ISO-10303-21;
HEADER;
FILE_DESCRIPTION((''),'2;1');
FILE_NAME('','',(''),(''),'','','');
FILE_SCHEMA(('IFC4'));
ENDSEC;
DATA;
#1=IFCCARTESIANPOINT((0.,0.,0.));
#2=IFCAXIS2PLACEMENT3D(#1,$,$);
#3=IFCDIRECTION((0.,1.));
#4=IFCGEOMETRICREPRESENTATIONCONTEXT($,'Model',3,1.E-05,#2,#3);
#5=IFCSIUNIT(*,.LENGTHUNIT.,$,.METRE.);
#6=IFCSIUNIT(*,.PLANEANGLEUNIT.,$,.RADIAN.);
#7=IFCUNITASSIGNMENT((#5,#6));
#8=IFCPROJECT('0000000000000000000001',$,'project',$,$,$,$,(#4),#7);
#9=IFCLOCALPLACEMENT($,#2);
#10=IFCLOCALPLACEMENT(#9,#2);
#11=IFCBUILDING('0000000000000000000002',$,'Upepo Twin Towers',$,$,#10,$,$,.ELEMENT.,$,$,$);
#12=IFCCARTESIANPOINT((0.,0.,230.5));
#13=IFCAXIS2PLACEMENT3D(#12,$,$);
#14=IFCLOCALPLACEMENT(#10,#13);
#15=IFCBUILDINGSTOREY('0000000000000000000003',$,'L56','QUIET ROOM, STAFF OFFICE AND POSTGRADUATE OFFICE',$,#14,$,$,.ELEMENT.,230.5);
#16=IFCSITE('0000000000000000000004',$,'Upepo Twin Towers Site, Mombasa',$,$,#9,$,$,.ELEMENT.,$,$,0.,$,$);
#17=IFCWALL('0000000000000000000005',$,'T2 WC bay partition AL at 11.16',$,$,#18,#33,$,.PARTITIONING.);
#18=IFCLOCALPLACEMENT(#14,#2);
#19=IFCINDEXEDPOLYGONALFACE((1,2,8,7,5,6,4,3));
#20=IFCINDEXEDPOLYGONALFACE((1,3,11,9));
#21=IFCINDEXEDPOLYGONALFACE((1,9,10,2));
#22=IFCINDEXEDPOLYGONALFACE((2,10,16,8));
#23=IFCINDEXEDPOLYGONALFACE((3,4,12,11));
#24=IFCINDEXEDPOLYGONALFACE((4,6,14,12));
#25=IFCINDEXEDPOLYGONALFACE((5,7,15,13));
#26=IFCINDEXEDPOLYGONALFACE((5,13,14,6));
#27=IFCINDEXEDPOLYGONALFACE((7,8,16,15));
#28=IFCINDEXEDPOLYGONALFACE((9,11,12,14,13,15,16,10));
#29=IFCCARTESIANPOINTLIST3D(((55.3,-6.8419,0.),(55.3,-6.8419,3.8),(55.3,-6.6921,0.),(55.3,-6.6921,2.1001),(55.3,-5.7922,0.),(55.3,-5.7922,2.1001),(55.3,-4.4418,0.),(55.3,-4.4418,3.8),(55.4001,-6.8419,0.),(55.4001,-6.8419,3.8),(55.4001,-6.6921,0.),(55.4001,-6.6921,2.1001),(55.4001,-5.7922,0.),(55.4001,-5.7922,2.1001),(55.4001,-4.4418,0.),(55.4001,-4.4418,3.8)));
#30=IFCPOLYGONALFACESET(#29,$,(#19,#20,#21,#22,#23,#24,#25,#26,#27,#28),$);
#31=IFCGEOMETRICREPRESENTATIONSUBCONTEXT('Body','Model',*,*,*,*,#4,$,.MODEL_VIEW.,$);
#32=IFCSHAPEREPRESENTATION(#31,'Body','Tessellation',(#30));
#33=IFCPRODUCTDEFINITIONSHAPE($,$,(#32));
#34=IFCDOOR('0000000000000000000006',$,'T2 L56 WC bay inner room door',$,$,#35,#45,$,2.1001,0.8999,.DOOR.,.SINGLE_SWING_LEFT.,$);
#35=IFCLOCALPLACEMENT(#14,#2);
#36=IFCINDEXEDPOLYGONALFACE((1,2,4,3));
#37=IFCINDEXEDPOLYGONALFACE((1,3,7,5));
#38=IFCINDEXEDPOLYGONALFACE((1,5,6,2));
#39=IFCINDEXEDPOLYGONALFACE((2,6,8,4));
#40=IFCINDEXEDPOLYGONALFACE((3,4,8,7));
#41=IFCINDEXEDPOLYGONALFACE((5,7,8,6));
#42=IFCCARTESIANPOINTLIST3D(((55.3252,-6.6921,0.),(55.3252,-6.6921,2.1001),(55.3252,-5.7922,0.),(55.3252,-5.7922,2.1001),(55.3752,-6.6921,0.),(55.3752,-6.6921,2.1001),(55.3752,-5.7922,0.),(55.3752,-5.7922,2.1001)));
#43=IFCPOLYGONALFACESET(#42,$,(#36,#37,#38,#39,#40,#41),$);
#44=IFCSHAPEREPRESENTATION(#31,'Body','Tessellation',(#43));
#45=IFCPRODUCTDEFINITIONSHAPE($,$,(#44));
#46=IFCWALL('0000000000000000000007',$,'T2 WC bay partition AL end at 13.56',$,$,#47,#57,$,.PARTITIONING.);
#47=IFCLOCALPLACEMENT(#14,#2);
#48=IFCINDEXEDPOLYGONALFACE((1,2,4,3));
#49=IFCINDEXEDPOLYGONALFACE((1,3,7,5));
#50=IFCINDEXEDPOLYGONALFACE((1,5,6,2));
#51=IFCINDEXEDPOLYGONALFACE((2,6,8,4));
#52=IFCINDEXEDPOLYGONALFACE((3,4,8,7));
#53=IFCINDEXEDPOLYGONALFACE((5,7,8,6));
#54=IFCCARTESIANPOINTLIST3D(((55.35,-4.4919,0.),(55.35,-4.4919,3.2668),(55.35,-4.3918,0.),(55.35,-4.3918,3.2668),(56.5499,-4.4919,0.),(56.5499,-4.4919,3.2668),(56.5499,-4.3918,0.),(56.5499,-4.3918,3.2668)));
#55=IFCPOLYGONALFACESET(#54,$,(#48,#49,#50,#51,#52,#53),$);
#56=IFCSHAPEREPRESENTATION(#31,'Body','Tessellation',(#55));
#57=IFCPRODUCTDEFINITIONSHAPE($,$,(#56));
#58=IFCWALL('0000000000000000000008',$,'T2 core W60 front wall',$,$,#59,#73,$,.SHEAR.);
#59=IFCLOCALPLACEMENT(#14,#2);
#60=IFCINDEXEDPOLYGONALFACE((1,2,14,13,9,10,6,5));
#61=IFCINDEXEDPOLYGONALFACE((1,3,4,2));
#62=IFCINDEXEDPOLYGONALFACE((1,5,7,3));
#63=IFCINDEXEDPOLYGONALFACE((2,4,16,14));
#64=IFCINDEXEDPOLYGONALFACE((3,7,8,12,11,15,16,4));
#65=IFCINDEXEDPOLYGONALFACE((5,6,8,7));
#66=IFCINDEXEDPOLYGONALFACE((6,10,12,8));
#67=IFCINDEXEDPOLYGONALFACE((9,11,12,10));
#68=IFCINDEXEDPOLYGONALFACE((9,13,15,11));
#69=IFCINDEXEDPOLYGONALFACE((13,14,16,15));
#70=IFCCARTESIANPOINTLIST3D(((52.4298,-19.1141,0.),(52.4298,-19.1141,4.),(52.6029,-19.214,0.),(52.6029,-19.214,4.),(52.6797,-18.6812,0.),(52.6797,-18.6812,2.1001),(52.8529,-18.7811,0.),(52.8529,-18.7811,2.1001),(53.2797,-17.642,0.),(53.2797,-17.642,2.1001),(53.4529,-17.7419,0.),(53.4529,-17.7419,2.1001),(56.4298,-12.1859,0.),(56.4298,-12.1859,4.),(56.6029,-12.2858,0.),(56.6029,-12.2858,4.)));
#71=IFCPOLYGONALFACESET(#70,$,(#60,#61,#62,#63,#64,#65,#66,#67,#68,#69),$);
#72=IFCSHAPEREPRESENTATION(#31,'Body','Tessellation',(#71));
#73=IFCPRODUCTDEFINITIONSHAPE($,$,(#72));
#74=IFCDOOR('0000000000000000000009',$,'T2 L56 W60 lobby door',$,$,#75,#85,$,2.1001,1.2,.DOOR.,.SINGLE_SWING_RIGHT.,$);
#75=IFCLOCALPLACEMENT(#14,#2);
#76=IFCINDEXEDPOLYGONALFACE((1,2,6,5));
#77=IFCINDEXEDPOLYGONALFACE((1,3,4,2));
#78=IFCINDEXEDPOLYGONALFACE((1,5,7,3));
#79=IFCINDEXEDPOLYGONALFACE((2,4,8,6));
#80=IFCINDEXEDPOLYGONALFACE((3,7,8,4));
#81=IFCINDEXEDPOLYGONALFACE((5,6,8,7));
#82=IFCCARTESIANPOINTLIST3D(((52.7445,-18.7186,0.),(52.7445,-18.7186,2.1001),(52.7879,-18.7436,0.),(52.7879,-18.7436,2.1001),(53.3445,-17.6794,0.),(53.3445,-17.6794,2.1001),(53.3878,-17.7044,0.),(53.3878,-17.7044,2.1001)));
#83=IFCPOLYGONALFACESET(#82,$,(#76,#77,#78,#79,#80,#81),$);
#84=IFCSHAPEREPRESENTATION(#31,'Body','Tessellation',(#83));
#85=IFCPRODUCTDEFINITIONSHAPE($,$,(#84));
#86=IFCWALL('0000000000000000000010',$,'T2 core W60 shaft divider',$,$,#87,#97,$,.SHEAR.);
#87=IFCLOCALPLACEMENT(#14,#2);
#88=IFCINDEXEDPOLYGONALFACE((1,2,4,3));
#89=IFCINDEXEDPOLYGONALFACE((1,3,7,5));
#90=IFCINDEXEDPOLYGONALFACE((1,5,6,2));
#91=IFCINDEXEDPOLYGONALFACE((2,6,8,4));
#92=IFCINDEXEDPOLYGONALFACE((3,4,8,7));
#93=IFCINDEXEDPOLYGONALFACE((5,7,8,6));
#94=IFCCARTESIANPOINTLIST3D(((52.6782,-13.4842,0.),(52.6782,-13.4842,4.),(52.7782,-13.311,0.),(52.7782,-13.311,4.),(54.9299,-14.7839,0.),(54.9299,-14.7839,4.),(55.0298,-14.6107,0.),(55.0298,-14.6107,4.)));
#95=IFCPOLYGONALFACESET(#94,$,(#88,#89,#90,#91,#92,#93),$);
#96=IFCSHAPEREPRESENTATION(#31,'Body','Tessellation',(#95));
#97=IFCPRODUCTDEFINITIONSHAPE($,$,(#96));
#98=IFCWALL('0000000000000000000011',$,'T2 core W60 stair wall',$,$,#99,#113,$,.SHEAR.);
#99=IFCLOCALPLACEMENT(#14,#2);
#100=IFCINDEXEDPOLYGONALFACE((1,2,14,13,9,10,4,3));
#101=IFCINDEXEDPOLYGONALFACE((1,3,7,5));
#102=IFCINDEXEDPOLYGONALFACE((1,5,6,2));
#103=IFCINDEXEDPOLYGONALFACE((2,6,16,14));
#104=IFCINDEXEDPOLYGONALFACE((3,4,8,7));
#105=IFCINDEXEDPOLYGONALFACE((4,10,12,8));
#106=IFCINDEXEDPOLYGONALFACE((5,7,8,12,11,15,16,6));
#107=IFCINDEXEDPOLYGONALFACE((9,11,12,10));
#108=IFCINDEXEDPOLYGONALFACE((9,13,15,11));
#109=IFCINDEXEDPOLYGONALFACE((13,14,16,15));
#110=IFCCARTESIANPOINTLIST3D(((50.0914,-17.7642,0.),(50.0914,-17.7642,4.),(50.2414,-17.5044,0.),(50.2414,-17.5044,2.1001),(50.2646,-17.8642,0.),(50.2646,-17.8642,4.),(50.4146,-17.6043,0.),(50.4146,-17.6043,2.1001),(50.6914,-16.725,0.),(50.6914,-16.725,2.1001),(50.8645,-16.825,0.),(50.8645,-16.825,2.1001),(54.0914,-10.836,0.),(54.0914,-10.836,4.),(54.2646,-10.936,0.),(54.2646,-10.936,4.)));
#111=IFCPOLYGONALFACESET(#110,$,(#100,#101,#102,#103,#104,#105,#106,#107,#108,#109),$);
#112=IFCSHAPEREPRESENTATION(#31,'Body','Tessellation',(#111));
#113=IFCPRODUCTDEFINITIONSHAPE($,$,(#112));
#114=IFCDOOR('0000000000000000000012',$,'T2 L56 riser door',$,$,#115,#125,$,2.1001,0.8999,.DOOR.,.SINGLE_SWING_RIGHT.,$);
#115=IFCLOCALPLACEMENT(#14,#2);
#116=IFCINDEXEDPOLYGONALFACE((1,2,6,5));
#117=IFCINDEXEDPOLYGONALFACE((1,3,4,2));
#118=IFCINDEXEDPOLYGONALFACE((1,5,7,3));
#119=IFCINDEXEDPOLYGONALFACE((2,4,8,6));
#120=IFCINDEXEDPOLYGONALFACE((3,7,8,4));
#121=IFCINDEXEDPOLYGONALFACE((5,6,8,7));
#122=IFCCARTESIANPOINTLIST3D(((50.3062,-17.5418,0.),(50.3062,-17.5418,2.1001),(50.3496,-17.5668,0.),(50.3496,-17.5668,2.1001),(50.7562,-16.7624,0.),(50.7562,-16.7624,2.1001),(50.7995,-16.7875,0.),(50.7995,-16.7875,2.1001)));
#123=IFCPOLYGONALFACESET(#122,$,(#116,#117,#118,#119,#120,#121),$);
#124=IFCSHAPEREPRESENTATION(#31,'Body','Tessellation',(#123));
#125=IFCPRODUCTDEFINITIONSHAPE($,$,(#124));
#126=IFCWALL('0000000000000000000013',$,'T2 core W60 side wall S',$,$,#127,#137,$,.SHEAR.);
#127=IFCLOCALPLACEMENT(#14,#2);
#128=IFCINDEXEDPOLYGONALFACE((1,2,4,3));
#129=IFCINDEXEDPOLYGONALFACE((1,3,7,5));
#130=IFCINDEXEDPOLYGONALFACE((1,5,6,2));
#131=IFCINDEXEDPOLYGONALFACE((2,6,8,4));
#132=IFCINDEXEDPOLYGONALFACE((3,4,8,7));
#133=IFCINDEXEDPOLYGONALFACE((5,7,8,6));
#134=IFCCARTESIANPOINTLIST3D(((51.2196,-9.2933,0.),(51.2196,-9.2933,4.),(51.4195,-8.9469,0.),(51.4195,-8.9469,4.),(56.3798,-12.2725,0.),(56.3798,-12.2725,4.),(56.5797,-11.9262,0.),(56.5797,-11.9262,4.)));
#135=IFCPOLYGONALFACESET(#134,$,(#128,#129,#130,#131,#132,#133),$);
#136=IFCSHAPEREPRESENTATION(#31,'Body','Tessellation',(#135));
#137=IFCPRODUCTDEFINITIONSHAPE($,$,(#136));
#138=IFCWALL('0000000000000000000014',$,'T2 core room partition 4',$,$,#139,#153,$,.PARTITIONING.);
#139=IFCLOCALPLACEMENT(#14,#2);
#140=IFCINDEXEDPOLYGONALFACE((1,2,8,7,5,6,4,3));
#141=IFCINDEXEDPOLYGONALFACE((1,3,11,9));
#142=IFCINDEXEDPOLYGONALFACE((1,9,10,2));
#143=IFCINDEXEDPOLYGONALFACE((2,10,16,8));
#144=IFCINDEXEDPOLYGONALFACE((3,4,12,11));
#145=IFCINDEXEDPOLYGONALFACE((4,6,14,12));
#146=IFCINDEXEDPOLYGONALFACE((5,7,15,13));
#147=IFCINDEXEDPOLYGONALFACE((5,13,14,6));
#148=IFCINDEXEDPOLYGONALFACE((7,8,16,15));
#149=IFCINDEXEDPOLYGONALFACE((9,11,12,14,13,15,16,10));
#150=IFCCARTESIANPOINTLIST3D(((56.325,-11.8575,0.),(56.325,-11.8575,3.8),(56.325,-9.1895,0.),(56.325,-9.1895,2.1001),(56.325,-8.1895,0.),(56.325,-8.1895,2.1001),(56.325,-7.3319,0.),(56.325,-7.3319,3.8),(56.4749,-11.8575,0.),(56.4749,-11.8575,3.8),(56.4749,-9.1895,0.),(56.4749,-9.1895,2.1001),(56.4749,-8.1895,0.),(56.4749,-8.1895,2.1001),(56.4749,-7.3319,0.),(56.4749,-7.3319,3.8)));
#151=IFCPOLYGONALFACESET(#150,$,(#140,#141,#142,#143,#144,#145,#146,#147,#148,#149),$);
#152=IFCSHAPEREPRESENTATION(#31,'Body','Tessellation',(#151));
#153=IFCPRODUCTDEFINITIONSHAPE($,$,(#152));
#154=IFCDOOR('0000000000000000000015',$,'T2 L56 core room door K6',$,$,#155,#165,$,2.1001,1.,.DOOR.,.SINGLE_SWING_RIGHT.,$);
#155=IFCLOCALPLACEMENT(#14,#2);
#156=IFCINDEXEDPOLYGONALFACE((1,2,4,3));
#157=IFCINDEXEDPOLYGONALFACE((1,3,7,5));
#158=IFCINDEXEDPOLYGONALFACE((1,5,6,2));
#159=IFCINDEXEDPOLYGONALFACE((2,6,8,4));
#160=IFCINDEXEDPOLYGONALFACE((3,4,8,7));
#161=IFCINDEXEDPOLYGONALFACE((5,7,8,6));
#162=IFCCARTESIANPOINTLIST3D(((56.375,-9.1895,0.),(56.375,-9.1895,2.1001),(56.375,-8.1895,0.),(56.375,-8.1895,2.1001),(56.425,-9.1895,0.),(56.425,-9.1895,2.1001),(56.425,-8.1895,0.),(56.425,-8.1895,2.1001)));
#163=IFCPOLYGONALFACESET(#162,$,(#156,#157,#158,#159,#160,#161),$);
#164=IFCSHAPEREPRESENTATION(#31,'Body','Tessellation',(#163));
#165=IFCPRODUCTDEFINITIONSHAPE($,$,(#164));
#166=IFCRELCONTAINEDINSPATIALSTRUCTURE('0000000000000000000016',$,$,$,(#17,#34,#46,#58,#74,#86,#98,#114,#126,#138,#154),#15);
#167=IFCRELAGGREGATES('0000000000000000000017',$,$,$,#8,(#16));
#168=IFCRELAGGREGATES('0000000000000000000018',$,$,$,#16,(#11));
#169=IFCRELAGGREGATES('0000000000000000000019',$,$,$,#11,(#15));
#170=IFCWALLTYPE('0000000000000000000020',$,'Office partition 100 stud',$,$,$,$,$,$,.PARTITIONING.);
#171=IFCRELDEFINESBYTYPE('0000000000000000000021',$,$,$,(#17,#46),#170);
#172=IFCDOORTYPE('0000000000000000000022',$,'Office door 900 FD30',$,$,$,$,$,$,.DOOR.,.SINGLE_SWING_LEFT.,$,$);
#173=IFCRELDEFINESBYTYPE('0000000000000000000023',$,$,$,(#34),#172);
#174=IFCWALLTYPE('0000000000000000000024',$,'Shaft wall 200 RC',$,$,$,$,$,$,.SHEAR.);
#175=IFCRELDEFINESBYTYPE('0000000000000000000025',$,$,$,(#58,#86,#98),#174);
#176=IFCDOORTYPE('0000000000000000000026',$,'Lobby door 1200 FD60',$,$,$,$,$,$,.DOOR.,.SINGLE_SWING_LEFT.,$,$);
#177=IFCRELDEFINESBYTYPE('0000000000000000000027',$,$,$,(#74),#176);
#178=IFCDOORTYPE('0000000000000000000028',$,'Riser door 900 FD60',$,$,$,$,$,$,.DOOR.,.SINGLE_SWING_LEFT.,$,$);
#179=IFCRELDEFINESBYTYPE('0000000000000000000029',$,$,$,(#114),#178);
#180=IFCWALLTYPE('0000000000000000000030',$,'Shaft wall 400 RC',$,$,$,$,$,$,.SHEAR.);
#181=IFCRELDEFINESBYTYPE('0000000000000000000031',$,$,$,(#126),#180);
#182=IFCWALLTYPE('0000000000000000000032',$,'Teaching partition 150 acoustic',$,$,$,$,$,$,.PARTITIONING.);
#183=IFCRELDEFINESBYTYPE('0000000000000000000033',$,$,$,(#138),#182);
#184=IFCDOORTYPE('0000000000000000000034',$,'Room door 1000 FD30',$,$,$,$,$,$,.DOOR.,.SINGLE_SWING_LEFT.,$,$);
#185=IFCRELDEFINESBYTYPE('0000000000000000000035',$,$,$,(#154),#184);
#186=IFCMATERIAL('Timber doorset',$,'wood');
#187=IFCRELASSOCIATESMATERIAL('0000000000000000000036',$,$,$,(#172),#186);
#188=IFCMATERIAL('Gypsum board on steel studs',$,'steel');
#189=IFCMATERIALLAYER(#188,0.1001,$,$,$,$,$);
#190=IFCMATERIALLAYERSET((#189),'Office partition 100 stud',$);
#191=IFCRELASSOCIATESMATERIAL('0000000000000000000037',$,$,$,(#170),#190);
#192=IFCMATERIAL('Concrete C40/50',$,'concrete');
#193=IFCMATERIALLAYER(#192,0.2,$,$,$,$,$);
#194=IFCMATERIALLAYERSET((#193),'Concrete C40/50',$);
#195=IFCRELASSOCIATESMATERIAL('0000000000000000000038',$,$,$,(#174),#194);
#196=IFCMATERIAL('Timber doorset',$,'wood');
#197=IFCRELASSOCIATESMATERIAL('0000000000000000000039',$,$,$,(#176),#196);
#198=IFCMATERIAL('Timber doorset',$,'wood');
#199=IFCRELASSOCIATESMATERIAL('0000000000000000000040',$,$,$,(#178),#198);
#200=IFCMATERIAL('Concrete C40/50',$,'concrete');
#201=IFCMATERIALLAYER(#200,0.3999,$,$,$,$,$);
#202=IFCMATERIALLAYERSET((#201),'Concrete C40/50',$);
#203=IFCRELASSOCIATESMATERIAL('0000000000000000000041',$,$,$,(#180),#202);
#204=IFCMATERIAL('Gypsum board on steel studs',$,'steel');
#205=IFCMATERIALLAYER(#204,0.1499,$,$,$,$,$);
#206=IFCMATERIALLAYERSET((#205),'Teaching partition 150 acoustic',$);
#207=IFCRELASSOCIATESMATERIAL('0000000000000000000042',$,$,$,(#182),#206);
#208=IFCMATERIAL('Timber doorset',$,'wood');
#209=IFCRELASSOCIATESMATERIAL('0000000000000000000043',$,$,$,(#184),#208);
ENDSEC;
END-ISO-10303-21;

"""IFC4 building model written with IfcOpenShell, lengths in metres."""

from ifc_helpers import new_model, si_unit, direction, frame, frame_2d, origin, place, context, subcontext, project, spatial, rectangle, extrude, material, layer, layer_set, type_object, element, fill, save


model = new_model("IFC4")

# Units and contexts
model_context = context("Model", 3, precision=1e-05, world=origin(), true_north=direction((0.0, 1.0)))
body_context = subcontext(model_context, "Body", "Model", "MODEL_VIEW")
ifc_project = project(units=[si_unit("LENGTHUNIT", "METRE"), si_unit("PLANEANGLEUNIT", "RADIAN")], contexts=[model_context])

# Site, building, storey
site_placement = place(None, origin())
site = spatial("IfcSite", under=ifc_project, at=site_placement, Name="Upepo Twin Towers Site, Mombasa", CompositionType="ELEMENT", RefElevation=0.0)
building_placement = place(site_placement, origin())
building = spatial("IfcBuilding", under=site, at=building_placement, Name="Upepo Twin Towers", CompositionType="ELEMENT")
storey_placement = place(building_placement, frame((0.0, 0.0, 230.5)))
storey = spatial("IfcBuildingStorey", under=building, at=storey_placement, Name="L56", Description="QUIET ROOM, STAFF OFFICE AND POSTGRADUATE OFFICE", CompositionType="ELEMENT", Elevation=230.5)

# Shared definitions
ifc_material_1 = material(Name="Timber doorset", Category="wood")
door_type_1 = type_object("IfcDoorType", Name="Office door 900 FD30", OperationType="SINGLE_SWING_LEFT", PredefinedType="DOOR", material=ifc_material_1)

# Shared definitions
ifc_material_2 = material(Name="Gypsum board on steel studs", Category="steel")
ifc_layer_1 = layer(ifc_material_2, 0.1001)
ifc_layer_set_1 = layer_set([ifc_layer_1], Name="Office partition 100 stud")
wall_type_1 = type_object("IfcWallType", Name="Office partition 100 stud", PredefinedType="PARTITIONING", material=ifc_layer_set_1)

# Wall, opening, door
wall_1_placement = place(storey_placement, frame((55.3501, -6.842, 0.0), z_axis=(0.0, 0.0, 1.0), x_axis=(0.0, 1.0, 0.0)))
wall_1 = element("IfcWall", 1, at=wall_1_placement, inside=storey, type_object=wall_type_1, Name="T2 WC bay partition AL at 11.16", PredefinedType="PARTITIONING", context=body_context, shape_type="SweptSolid", body=[
    extrude(rectangle(XDim=2.4001, YDim=0.1001, at=frame_2d((1.2002, 0.0))), origin(), (0.0, 0.0, 1.0), 3.8),
])
opening_1_placement = place(wall_1_placement, frame((0.1499, 0.0, 0.0)))
opening_1 = element("IfcOpeningElement", 2, at=opening_1_placement, cuts=wall_1, PredefinedType="OPENING", context=body_context, shape_type="SweptSolid", body=[
    extrude(rectangle(XDim=0.8999, YDim=2.1001, at=frame_2d((0.45, 1.05))), frame((0.0, 0.0601, 0.0), z_axis=(0.0, -1.0, 0.0), x_axis=(1.0, 0.0, 0.0)), (0.0, 0.0, 1.0), 0.1201),
])
door_1_placement = place(opening_1_placement, origin())
door_1 = element("IfcDoor", 3, at=door_1_placement, inside=storey, type_object=door_type_1, Name="T2 L56 WC bay inner room door", OperationType="SINGLE_SWING_LEFT", OverallHeight=2.1001, OverallWidth=0.8999, PredefinedType="DOOR", context=body_context, shape_type="SweptSolid", body=[
    extrude(rectangle(XDim=0.8999, YDim=2.1001, at=frame_2d((0.45, 1.05))), frame((0.0, 0.0249, 0.0), z_axis=(0.0, -1.0, 0.0), x_axis=(1.0, 0.0, 0.0)), (0.0, 0.0, 1.0), 0.05),
])
fill(opening_1, door_1)

# Wall
wall_2_placement = place(storey_placement, frame((56.55, -4.4419, 0.0), z_axis=(0.0, 0.0, 1.0), x_axis=(-1.0, 0.0, 0.0)))
element("IfcWall", 4, at=wall_2_placement, inside=storey, type_object=wall_type_1, Name="T2 WC bay partition AL end at 13.56", PredefinedType="PARTITIONING", context=body_context, shape_type="SweptSolid", body=[
    extrude(rectangle(XDim=1.2, YDim=0.1001, at=frame_2d((0.6001, 0.0))), origin(), (0.0, 0.0, 1.0), 3.2668),
])

# Wall, opening, door
ifc_material_3 = material(Name="Concrete C40/50", Category="concrete")
ifc_layer_2 = layer(ifc_material_3, 0.2)
ifc_layer_set_2 = layer_set([ifc_layer_2], Name="Concrete C40/50")
wall_type_2 = type_object("IfcWallType", Name="Shaft wall 200 RC", PredefinedType="SHEAR", material=ifc_layer_set_2)
wall_3_placement = place(storey_placement, frame((56.5164, -12.2358, 0.0), z_axis=(0.0, 0.0, 1.0), x_axis=(-0.499999, -0.866026, 0.0)))
wall_3 = element("IfcWall", 5, at=wall_3_placement, inside=storey, type_object=wall_type_2, Name="T2 core W60 front wall", PredefinedType="SHEAR", context=body_context, shape_type="SweptSolid", body=[
    extrude(rectangle(XDim=8.0, YDim=0.2, at=frame_2d((4.0, 0.0))), origin(), (0.0, 0.0, 1.0), 4.0),
])
opening_2_placement = place(wall_3_placement, frame((6.3, 0.0, 0.0)))
opening_2 = element("IfcOpeningElement", 6, at=opening_2_placement, cuts=wall_3, PredefinedType="OPENING", context=body_context, shape_type="SweptSolid", body=[
    extrude(rectangle(XDim=1.2, YDim=2.1001, at=frame_2d((0.6001, 1.05))), frame((0.0, 0.1099, 0.0), z_axis=(0.0, -1.0, 0.0), x_axis=(1.0, 0.0, 0.0)), (0.0, 0.0, 1.0), 0.22),
])
ifc_material_4 = material(Name="Timber doorset", Category="wood")
door_type_2 = type_object("IfcDoorType", Name="Lobby door 1200 FD60", OperationType="SINGLE_SWING_LEFT", PredefinedType="DOOR", material=ifc_material_4)
door_2_placement = place(opening_2_placement, origin())
door_2 = element("IfcDoor", 7, at=door_2_placement, inside=storey, type_object=door_type_2, Name="T2 L56 W60 lobby door", OperationType="SINGLE_SWING_RIGHT", OverallHeight=2.1001, OverallWidth=1.2, PredefinedType="DOOR", context=body_context, shape_type="SweptSolid", body=[
    extrude(rectangle(XDim=1.2, YDim=2.1001, at=frame_2d((0.6001, 1.05))), frame((0.0, 0.0249, 0.0), z_axis=(0.0, -1.0, 0.0), x_axis=(1.0, 0.0, 0.0)), (0.0, 0.0, 1.0), 0.05),
])
fill(opening_2, door_2)

# Wall
wall_4_placement = place(storey_placement, frame((54.9797, -14.6973, 0.0), z_axis=(0.0, 0.0, 1.0), x_axis=(-0.866062, 0.499937, 0.0)))
element("IfcWall", 8, at=wall_4_placement, inside=storey, type_object=wall_type_2, Name="T2 core W60 shaft divider", PredefinedType="SHEAR", context=body_context, shape_type="SweptSolid", body=[
    extrude(rectangle(XDim=2.5999, YDim=0.2, at=frame_2d((1.2998, 0.0))), origin(), (0.0, 0.0, 1.0), 4.0),
])

# Wall, opening, door
wall_5_placement = place(storey_placement, frame((54.178, -10.886, 0.0), z_axis=(0.0, 0.0, 1.0), x_axis=(-0.499999, -0.866026, 0.0)))
wall_5 = element("IfcWall", 9, at=wall_5_placement, inside=storey, type_object=wall_type_2, Name="T2 core W60 stair wall", PredefinedType="SHEAR", context=body_context, shape_type="SweptSolid", body=[
    extrude(rectangle(XDim=8.0, YDim=0.2, at=frame_2d((4.0, 0.0))), origin(), (0.0, 0.0, 1.0), 4.0),
])
opening_3_placement = place(wall_5_placement, frame((6.8, 0.0, 0.0)))
opening_3 = element("IfcOpeningElement", 10, at=opening_3_placement, cuts=wall_5, PredefinedType="OPENING", context=body_context, shape_type="SweptSolid", body=[
    extrude(rectangle(XDim=0.8999, YDim=2.1001, at=frame_2d((0.45, 1.05))), frame((0.0, 0.1099, 0.0), z_axis=(0.0, -1.0, 0.0), x_axis=(1.0, 0.0, 0.0)), (0.0, 0.0, 1.0), 0.22),
])
ifc_material_5 = material(Name="Timber doorset", Category="wood")
door_type_3 = type_object("IfcDoorType", Name="Riser door 900 FD60", OperationType="SINGLE_SWING_LEFT", PredefinedType="DOOR", material=ifc_material_5)
door_3_placement = place(opening_3_placement, origin())
door_3 = element("IfcDoor", 11, at=door_3_placement, inside=storey, type_object=door_type_3, Name="T2 L56 riser door", OperationType="SINGLE_SWING_RIGHT", OverallHeight=2.1001, OverallWidth=0.8999, PredefinedType="DOOR", context=body_context, shape_type="SweptSolid", body=[
    extrude(rectangle(XDim=0.8999, YDim=2.1001, at=frame_2d((0.45, 1.05))), frame((0.0, 0.0249, 0.0), z_axis=(0.0, -1.0, 0.0), x_axis=(1.0, 0.0, 0.0)), (0.0, 0.0, 1.0), 0.05),
])
fill(opening_3, door_3)

# Wall
ifc_material_6 = material(Name="Concrete C40/50", Category="concrete")
ifc_layer_3 = layer(ifc_material_6, 0.3999)
ifc_layer_set_3 = layer_set([ifc_layer_3], Name="Concrete C40/50")
wall_type_3 = type_object("IfcWallType", Name="Shaft wall 400 RC", PredefinedType="SHEAR", material=ifc_layer_set_3)
wall_6_placement = place(storey_placement, frame((56.4797, -12.0994, 0.0), z_axis=(0.0, 0.0, 1.0), x_axis=(-0.866023, 0.500004, 0.0)))
element("IfcWall", 12, at=wall_6_placement, inside=storey, type_object=wall_type_3, Name="T2 core W60 side wall S", PredefinedType="SHEAR", context=body_context, shape_type="SweptSolid", body=[
    extrude(rectangle(XDim=5.9585, YDim=0.3999, at=frame_2d((2.9792, 0.0))), origin(), (0.0, 0.0, 1.0), 4.0),
])

# Wall, opening, door
ifc_material_7 = material(Name="Gypsum board on steel studs", Category="steel")
ifc_layer_4 = layer(ifc_material_7, 0.1499)
ifc_layer_set_4 = layer_set([ifc_layer_4], Name="Teaching partition 150 acoustic")
wall_type_4 = type_object("IfcWallType", Name="Teaching partition 150 acoustic", PredefinedType="PARTITIONING", material=ifc_layer_set_4)
wall_7_placement = place(storey_placement, frame((56.3999, -11.8574, 0.0), z_axis=(0.0, 0.0, 1.0), x_axis=(0.0, 1.0, 0.0)))
wall_7 = element("IfcWall", 13, at=wall_7_placement, inside=storey, type_object=wall_type_4, Name="T2 core room partition 4", PredefinedType="PARTITIONING", context=body_context, shape_type="SweptSolid", body=[
    extrude(rectangle(XDim=4.5256, YDim=0.1499, at=frame_2d((2.2627, 0.0))), origin(), (0.0, 0.0, 1.0), 3.8),
])
opening_4_placement = place(wall_7_placement, frame((2.668, 0.0, 0.0)))
opening_4 = element("IfcOpeningElement", 14, at=opening_4_placement, cuts=wall_7, PredefinedType="OPENING", context=body_context, shape_type="SweptSolid", body=[
    extrude(rectangle(XDim=1.0, YDim=2.1001, at=frame_2d((0.5, 1.05))), frame((0.0, 0.085, 0.0), z_axis=(0.0, -1.0, 0.0), x_axis=(1.0, 0.0, 0.0)), (0.0, 0.0, 1.0), 0.1699),
])
ifc_material_8 = material(Name="Timber doorset", Category="wood")
door_type_4 = type_object("IfcDoorType", Name="Room door 1000 FD30", OperationType="SINGLE_SWING_LEFT", PredefinedType="DOOR", material=ifc_material_8)
door_4_placement = place(opening_4_placement, origin())
door_4 = element("IfcDoor", 15, at=door_4_placement, inside=storey, type_object=door_type_4, Name="T2 L56 core room door K6", OperationType="SINGLE_SWING_RIGHT", OverallHeight=2.1001, OverallWidth=1.0, PredefinedType="DOOR", context=body_context, shape_type="SweptSolid", body=[
    extrude(rectangle(XDim=1.0, YDim=2.1001, at=frame_2d((0.5, 1.05))), frame((0.0, 0.0249, 0.0), z_axis=(0.0, -1.0, 0.0), x_axis=(1.0, 0.0, 0.0)), (0.0, 0.0, 1.0), 0.05),
])
fill(opening_4, door_4)

save(model, "model.ifc")
